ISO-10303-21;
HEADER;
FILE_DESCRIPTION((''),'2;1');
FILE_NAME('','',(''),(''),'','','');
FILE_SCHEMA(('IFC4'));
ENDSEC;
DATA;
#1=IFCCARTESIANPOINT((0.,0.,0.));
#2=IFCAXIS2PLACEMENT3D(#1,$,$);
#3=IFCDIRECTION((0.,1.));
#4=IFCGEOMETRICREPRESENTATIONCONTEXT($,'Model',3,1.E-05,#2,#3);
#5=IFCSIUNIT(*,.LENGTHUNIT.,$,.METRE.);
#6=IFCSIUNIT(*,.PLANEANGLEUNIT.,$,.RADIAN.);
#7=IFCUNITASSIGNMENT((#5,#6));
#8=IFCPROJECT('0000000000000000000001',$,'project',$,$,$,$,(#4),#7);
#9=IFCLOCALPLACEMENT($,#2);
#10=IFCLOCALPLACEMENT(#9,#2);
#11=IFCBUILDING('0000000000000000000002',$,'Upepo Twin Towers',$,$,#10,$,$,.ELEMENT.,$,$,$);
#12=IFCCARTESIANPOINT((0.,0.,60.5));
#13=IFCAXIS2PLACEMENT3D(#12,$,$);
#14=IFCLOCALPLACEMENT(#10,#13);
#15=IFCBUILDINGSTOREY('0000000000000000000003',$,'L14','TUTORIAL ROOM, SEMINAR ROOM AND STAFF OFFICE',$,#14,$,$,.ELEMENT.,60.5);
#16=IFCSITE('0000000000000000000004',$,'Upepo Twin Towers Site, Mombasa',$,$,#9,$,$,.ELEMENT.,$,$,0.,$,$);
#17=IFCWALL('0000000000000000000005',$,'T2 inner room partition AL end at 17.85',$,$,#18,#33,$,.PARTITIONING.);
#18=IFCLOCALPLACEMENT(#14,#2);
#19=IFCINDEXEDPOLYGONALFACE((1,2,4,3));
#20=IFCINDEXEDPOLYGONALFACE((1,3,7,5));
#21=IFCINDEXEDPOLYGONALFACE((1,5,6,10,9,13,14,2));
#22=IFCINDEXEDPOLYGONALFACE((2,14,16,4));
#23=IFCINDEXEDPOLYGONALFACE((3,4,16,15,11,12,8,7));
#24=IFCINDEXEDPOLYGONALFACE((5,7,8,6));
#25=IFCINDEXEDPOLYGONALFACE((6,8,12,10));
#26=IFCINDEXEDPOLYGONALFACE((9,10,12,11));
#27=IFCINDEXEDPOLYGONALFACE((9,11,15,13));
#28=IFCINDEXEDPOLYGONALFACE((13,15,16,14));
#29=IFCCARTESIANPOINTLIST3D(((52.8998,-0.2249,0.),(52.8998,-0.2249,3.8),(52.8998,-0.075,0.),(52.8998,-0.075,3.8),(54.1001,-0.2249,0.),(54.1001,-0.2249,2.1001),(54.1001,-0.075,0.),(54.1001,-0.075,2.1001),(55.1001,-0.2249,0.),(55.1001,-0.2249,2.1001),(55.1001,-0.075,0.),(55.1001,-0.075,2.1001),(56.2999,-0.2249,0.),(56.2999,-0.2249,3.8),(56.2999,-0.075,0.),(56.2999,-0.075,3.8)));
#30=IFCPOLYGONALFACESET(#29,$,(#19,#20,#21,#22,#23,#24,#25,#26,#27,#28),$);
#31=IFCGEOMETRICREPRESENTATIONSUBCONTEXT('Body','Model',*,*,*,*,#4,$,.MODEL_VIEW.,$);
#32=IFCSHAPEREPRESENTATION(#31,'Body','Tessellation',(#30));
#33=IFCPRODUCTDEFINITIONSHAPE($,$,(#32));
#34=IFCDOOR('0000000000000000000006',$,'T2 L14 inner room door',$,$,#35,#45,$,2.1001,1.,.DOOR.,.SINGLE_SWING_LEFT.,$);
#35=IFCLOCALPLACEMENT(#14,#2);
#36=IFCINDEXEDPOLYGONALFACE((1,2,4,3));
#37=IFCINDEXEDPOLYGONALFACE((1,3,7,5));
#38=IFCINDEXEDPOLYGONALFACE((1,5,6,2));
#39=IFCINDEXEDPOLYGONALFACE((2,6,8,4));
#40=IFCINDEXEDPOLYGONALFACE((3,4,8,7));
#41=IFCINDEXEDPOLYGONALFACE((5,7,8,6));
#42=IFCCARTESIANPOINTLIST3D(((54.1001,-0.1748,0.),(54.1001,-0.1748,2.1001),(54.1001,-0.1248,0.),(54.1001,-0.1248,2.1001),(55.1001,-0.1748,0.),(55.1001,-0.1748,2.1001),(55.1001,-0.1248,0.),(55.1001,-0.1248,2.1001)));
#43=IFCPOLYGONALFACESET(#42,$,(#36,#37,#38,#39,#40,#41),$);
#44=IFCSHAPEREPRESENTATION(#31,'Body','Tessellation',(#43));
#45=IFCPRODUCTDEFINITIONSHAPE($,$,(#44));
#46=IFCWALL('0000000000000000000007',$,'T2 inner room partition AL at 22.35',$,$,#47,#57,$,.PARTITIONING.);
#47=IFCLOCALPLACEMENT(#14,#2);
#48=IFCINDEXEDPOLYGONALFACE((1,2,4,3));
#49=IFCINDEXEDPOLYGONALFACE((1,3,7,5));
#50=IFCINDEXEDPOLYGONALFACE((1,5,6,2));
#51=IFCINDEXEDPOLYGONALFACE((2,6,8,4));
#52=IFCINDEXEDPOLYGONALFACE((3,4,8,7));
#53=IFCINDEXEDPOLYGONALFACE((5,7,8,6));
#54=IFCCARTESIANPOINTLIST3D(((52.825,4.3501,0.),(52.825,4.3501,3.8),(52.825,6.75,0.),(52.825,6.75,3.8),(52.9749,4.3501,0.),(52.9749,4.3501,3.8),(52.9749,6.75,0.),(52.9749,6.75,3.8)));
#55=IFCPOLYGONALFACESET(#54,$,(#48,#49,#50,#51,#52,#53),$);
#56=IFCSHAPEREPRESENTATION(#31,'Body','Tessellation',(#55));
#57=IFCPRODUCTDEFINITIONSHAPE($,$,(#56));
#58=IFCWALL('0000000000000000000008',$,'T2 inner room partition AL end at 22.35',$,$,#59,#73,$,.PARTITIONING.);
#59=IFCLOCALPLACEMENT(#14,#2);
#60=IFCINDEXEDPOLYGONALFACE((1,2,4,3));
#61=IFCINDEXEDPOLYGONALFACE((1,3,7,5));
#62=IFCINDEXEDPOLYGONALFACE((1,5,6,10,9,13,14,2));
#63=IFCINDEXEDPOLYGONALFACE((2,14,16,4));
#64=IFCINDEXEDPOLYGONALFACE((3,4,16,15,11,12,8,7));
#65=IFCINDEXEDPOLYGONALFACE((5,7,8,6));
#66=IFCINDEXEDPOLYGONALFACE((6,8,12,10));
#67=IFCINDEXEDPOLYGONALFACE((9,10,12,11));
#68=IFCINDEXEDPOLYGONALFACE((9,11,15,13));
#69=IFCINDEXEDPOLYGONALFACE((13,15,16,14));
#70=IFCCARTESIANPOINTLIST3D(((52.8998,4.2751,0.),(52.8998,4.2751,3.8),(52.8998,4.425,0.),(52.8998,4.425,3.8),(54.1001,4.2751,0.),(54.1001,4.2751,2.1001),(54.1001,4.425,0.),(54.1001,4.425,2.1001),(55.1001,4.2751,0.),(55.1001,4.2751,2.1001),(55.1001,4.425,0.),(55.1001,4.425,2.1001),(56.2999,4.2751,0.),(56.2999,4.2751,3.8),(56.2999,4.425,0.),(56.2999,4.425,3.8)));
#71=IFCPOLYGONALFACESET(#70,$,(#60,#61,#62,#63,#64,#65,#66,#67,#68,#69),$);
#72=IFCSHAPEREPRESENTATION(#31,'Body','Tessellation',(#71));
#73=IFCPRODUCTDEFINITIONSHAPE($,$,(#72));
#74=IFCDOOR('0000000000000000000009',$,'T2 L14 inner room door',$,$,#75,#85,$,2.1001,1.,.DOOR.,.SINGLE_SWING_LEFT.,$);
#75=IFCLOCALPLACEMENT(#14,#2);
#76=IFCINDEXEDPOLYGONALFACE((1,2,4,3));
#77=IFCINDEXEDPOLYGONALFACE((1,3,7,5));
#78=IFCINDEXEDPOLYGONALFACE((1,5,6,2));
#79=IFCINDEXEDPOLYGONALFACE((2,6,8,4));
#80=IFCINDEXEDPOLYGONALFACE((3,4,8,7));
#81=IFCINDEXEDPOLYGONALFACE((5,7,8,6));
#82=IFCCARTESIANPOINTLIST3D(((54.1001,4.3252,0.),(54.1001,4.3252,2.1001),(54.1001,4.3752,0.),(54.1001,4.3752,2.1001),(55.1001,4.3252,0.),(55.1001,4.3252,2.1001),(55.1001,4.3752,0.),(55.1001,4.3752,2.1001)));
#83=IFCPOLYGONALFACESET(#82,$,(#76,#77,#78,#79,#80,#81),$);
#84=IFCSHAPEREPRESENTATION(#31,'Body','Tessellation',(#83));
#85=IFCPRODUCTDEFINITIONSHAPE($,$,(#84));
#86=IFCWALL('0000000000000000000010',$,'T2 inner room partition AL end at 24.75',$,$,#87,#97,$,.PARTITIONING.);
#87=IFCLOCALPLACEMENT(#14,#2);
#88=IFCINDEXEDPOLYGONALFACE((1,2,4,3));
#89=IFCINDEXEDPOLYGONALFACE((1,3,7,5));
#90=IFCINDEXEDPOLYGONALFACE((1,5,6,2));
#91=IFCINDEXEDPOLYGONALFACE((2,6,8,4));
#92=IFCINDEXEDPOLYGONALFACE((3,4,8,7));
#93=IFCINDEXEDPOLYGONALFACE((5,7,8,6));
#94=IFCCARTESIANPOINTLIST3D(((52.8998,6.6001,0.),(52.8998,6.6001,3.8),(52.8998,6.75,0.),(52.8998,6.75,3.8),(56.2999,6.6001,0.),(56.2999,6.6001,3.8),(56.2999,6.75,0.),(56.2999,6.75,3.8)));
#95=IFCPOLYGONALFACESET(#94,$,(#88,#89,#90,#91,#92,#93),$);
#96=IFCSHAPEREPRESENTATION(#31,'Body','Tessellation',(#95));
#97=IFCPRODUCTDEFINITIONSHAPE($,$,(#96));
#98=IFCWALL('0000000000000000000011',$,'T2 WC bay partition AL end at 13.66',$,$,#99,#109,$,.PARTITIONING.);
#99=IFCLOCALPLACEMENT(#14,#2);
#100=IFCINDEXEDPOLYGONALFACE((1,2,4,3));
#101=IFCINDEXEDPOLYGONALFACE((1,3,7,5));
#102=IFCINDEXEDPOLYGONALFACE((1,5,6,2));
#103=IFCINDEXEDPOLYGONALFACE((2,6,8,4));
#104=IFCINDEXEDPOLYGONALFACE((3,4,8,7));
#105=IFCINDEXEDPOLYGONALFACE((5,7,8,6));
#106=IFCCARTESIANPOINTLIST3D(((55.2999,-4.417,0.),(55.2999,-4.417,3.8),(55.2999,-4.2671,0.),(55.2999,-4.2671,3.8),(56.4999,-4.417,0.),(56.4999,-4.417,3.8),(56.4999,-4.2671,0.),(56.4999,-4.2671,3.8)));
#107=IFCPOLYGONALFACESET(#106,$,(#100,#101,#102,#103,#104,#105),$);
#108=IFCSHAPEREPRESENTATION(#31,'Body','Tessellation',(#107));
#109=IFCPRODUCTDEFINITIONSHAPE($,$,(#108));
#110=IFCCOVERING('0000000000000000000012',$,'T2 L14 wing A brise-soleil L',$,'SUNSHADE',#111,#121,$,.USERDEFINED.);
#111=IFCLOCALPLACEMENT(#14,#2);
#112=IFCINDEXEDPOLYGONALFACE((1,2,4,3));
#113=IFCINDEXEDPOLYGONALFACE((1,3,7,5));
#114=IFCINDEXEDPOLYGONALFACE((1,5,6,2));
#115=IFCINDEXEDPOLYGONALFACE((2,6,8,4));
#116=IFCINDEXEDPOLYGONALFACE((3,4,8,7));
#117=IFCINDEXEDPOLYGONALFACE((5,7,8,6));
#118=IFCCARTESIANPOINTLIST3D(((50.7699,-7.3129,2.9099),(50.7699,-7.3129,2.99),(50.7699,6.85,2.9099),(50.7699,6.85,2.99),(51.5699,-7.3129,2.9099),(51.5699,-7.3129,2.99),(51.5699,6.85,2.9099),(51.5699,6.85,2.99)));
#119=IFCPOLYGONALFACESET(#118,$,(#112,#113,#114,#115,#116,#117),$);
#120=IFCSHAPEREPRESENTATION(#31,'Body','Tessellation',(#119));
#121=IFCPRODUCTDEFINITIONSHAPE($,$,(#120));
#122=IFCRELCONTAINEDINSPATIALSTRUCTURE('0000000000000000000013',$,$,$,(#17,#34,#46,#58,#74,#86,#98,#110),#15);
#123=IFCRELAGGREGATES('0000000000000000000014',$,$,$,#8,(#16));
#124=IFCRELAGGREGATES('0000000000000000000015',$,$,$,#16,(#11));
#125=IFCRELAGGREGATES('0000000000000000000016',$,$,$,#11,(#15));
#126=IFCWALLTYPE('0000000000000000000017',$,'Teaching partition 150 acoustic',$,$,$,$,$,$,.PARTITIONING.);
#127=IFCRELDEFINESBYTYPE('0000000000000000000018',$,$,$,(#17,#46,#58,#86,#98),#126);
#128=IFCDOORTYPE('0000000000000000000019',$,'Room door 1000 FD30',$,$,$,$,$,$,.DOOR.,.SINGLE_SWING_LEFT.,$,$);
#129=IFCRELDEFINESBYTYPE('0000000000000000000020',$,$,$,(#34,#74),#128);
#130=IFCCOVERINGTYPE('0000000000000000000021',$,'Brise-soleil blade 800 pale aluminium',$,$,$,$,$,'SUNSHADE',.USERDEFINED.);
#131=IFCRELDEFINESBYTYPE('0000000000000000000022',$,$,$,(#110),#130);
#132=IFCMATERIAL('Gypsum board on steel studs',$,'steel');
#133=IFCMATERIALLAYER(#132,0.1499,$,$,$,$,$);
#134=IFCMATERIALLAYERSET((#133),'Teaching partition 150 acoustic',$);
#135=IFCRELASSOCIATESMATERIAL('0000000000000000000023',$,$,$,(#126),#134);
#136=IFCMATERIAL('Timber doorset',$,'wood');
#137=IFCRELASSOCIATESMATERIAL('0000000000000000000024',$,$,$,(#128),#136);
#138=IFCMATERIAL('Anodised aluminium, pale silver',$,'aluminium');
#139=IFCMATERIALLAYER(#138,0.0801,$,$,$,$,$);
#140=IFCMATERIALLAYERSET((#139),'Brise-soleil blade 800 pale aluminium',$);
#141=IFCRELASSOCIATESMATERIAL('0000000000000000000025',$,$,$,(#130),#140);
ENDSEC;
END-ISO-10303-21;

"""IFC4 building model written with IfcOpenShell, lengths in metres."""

from ifc_helpers import new_model, si_unit, direction, frame, frame_2d, origin, origin_2d, place, context, subcontext, project, spatial, rectangle, extrude, material, layer, layer_set, type_object, element, fill, save


model = new_model("IFC4")

# Units and contexts
model_context = context("Model", 3, precision=1e-05, world=origin(), true_north=direction((0.0, 1.0)))
body_context = subcontext(model_context, "Body", "Model", "MODEL_VIEW")
ifc_project = project(units=[si_unit("LENGTHUNIT", "METRE"), si_unit("PLANEANGLEUNIT", "RADIAN")], contexts=[model_context])

# Site, building, storey
site_placement = place(None, origin())
site = spatial("IfcSite", under=ifc_project, at=site_placement, Name="Upepo Twin Towers Site, Mombasa", CompositionType="ELEMENT", RefElevation=0.0)
building_placement = place(site_placement, origin())
building = spatial("IfcBuilding", under=site, at=building_placement, Name="Upepo Twin Towers", CompositionType="ELEMENT")
storey_placement = place(building_placement, frame((0.0, 0.0, 60.5)))
storey = spatial("IfcBuildingStorey", under=building, at=storey_placement, Name="L14", Description="TUTORIAL ROOM, SEMINAR ROOM AND STAFF OFFICE", CompositionType="ELEMENT", Elevation=60.5)

# Shared definitions
ifc_material_1 = material(Name="Gypsum board on steel studs", Category="steel")
ifc_layer_1 = layer(ifc_material_1, 0.1499)
ifc_layer_set_1 = layer_set([ifc_layer_1], Name="Teaching partition 150 acoustic")
wall_type_1 = type_object("IfcWallType", Name="Teaching partition 150 acoustic", PredefinedType="PARTITIONING", material=ifc_layer_set_1)

# Wall, opening, door
wall_1_placement = place(storey_placement, frame((56.3, -0.1499, 0.0), z_axis=(0.0, 0.0, 1.0), x_axis=(-1.0, 0.0, 0.0)))
wall_1 = element("IfcWall", 1, at=wall_1_placement, inside=storey, type_object=wall_type_1, Name="T2 inner room partition AL end at 17.85", PredefinedType="PARTITIONING", context=body_context, shape_type="SweptSolid", body=[
    extrude(rectangle(XDim=3.4001, YDim=0.1499, at=frame_2d((1.7002, 0.0))), origin(), (0.0, 0.0, 1.0), 3.8),
])
opening_1_placement = place(wall_1_placement, frame((1.2, 0.0, 0.0)))
opening_1 = element("IfcOpeningElement", 2, at=opening_1_placement, cuts=wall_1, PredefinedType="OPENING", context=body_context, shape_type="SweptSolid", body=[
    extrude(rectangle(XDim=1.0, YDim=2.1001, at=frame_2d((0.5, 1.05))), frame((0.0, 0.085, 0.0), z_axis=(0.0, -1.0, 0.0), x_axis=(1.0, 0.0, 0.0)), (0.0, 0.0, 1.0), 0.1699),
])
ifc_material_2 = material(Name="Timber doorset", Category="wood")
door_type = type_object("IfcDoorType", Name="Room door 1000 FD30", OperationType="SINGLE_SWING_LEFT", PredefinedType="DOOR", material=ifc_material_2)
door_1_placement = place(opening_1_placement, origin())
door_1 = element("IfcDoor", 3, at=door_1_placement, inside=storey, type_object=door_type, Name="T2 L14 inner room door", OperationType="SINGLE_SWING_LEFT", OverallHeight=2.1001, OverallWidth=1.0, PredefinedType="DOOR", context=body_context, shape_type="SweptSolid", body=[
    extrude(rectangle(XDim=1.0, YDim=2.1001, at=frame_2d((0.5, 1.05))), frame((0.0, 0.0249, 0.0), z_axis=(0.0, -1.0, 0.0), x_axis=(1.0, 0.0, 0.0)), (0.0, 0.0, 1.0), 0.05),
])
fill(opening_1, door_1)

# Wall
wall_2_placement = place(storey_placement, frame((52.8999, 4.3501, 0.0), z_axis=(0.0, 0.0, 1.0), x_axis=(0.0, 1.0, 0.0)))
element("IfcWall", 4, at=wall_2_placement, inside=storey, type_object=wall_type_1, Name="T2 inner room partition AL at 22.35", PredefinedType="PARTITIONING", context=body_context, shape_type="SweptSolid", body=[
    extrude(rectangle(XDim=2.3999, YDim=0.1499, at=frame_2d((1.2, 0.0))), origin(), (0.0, 0.0, 1.0), 3.8),
])

# Wall, opening, door
wall_3_placement = place(storey_placement, frame((56.3, 4.3501, 0.0), z_axis=(0.0, 0.0, 1.0), x_axis=(-1.0, 0.0, 0.0)))
wall_3 = element("IfcWall", 5, at=wall_3_placement, inside=storey, type_object=wall_type_1, Name="T2 inner room partition AL end at 22.35", PredefinedType="PARTITIONING", context=body_context, shape_type="SweptSolid", body=[
    extrude(rectangle(XDim=3.4001, YDim=0.1499, at=frame_2d((1.7002, 0.0))), origin(), (0.0, 0.0, 1.0), 3.8),
])
opening_2_placement = place(wall_3_placement, frame((1.2, 0.0, 0.0)))
opening_2 = element("IfcOpeningElement", 6, at=opening_2_placement, cuts=wall_3, PredefinedType="OPENING", context=body_context, shape_type="SweptSolid", body=[
    extrude(rectangle(XDim=1.0, YDim=2.1001, at=frame_2d((0.5, 1.05))), frame((0.0, 0.085, 0.0), z_axis=(0.0, -1.0, 0.0), x_axis=(1.0, 0.0, 0.0)), (0.0, 0.0, 1.0), 0.1699),
])
door_2_placement = place(opening_2_placement, origin())
door_2 = element("IfcDoor", 7, at=door_2_placement, inside=storey, type_object=door_type, Name="T2 L14 inner room door", OperationType="SINGLE_SWING_LEFT", OverallHeight=2.1001, OverallWidth=1.0, PredefinedType="DOOR", context=body_context, shape_type="SweptSolid", body=[
    extrude(rectangle(XDim=1.0, YDim=2.1001, at=frame_2d((0.5, 1.05))), frame((0.0, 0.0249, 0.0), z_axis=(0.0, -1.0, 0.0), x_axis=(1.0, 0.0, 0.0)), (0.0, 0.0, 1.0), 0.05),
])
fill(opening_2, door_2)

# Walls
wall_4_placement = place(storey_placement, frame((56.3, 6.675, 0.0), z_axis=(0.0, 0.0, 1.0), x_axis=(-1.0, 0.0, 0.0)))
element("IfcWall", 8, at=wall_4_placement, inside=storey, type_object=wall_type_1, Name="T2 inner room partition AL end at 24.75", PredefinedType="PARTITIONING", context=body_context, shape_type="SweptSolid", body=[
    extrude(rectangle(XDim=3.4001, YDim=0.1499, at=frame_2d((1.7002, 0.0))), origin(), (0.0, 0.0, 1.0), 3.8),
])
wall_5_placement = place(storey_placement, frame((56.5, -4.342, 0.0), z_axis=(0.0, 0.0, 1.0), x_axis=(-1.0, 0.0, 0.0)))
element("IfcWall", 9, at=wall_5_placement, inside=storey, type_object=wall_type_1, Name="T2 WC bay partition AL end at 13.66", PredefinedType="PARTITIONING", context=body_context, shape_type="SweptSolid", body=[
    extrude(rectangle(XDim=1.2, YDim=0.1499, at=frame_2d((0.6001, 0.0))), origin(), (0.0, 0.0, 1.0), 3.8),
])

# Covering
ifc_material_3 = material(Name="Anodised aluminium, pale silver", Category="aluminium")
ifc_layer_2 = layer(ifc_material_3, 0.0801)
ifc_layer_set_2 = layer_set([ifc_layer_2], Name="Brise-soleil blade 800 pale aluminium")
covering_type = type_object("IfcCoveringType", Name="Brise-soleil blade 800 pale aluminium", ElementType="SUNSHADE", PredefinedType="USERDEFINED", material=ifc_layer_set_2)
covering_placement = place(storey_placement, frame((51.1699, -0.2314, 2.9099), z_axis=(0.0, 0.0, 1.0), x_axis=(0.0, 1.0, 0.0)))
element("IfcCovering", 10, at=covering_placement, inside=storey, type_object=covering_type, Name="T2 L14 wing A brise-soleil L", ObjectType="SUNSHADE", PredefinedType="USERDEFINED", context=body_context, shape_type="SweptSolid", body=[
    extrude(rectangle(XDim=14.1628, YDim=0.8, at=origin_2d()), origin(), (0.0, 0.0, 1.0), 0.0801),
])

save(model, "model.ifc")
